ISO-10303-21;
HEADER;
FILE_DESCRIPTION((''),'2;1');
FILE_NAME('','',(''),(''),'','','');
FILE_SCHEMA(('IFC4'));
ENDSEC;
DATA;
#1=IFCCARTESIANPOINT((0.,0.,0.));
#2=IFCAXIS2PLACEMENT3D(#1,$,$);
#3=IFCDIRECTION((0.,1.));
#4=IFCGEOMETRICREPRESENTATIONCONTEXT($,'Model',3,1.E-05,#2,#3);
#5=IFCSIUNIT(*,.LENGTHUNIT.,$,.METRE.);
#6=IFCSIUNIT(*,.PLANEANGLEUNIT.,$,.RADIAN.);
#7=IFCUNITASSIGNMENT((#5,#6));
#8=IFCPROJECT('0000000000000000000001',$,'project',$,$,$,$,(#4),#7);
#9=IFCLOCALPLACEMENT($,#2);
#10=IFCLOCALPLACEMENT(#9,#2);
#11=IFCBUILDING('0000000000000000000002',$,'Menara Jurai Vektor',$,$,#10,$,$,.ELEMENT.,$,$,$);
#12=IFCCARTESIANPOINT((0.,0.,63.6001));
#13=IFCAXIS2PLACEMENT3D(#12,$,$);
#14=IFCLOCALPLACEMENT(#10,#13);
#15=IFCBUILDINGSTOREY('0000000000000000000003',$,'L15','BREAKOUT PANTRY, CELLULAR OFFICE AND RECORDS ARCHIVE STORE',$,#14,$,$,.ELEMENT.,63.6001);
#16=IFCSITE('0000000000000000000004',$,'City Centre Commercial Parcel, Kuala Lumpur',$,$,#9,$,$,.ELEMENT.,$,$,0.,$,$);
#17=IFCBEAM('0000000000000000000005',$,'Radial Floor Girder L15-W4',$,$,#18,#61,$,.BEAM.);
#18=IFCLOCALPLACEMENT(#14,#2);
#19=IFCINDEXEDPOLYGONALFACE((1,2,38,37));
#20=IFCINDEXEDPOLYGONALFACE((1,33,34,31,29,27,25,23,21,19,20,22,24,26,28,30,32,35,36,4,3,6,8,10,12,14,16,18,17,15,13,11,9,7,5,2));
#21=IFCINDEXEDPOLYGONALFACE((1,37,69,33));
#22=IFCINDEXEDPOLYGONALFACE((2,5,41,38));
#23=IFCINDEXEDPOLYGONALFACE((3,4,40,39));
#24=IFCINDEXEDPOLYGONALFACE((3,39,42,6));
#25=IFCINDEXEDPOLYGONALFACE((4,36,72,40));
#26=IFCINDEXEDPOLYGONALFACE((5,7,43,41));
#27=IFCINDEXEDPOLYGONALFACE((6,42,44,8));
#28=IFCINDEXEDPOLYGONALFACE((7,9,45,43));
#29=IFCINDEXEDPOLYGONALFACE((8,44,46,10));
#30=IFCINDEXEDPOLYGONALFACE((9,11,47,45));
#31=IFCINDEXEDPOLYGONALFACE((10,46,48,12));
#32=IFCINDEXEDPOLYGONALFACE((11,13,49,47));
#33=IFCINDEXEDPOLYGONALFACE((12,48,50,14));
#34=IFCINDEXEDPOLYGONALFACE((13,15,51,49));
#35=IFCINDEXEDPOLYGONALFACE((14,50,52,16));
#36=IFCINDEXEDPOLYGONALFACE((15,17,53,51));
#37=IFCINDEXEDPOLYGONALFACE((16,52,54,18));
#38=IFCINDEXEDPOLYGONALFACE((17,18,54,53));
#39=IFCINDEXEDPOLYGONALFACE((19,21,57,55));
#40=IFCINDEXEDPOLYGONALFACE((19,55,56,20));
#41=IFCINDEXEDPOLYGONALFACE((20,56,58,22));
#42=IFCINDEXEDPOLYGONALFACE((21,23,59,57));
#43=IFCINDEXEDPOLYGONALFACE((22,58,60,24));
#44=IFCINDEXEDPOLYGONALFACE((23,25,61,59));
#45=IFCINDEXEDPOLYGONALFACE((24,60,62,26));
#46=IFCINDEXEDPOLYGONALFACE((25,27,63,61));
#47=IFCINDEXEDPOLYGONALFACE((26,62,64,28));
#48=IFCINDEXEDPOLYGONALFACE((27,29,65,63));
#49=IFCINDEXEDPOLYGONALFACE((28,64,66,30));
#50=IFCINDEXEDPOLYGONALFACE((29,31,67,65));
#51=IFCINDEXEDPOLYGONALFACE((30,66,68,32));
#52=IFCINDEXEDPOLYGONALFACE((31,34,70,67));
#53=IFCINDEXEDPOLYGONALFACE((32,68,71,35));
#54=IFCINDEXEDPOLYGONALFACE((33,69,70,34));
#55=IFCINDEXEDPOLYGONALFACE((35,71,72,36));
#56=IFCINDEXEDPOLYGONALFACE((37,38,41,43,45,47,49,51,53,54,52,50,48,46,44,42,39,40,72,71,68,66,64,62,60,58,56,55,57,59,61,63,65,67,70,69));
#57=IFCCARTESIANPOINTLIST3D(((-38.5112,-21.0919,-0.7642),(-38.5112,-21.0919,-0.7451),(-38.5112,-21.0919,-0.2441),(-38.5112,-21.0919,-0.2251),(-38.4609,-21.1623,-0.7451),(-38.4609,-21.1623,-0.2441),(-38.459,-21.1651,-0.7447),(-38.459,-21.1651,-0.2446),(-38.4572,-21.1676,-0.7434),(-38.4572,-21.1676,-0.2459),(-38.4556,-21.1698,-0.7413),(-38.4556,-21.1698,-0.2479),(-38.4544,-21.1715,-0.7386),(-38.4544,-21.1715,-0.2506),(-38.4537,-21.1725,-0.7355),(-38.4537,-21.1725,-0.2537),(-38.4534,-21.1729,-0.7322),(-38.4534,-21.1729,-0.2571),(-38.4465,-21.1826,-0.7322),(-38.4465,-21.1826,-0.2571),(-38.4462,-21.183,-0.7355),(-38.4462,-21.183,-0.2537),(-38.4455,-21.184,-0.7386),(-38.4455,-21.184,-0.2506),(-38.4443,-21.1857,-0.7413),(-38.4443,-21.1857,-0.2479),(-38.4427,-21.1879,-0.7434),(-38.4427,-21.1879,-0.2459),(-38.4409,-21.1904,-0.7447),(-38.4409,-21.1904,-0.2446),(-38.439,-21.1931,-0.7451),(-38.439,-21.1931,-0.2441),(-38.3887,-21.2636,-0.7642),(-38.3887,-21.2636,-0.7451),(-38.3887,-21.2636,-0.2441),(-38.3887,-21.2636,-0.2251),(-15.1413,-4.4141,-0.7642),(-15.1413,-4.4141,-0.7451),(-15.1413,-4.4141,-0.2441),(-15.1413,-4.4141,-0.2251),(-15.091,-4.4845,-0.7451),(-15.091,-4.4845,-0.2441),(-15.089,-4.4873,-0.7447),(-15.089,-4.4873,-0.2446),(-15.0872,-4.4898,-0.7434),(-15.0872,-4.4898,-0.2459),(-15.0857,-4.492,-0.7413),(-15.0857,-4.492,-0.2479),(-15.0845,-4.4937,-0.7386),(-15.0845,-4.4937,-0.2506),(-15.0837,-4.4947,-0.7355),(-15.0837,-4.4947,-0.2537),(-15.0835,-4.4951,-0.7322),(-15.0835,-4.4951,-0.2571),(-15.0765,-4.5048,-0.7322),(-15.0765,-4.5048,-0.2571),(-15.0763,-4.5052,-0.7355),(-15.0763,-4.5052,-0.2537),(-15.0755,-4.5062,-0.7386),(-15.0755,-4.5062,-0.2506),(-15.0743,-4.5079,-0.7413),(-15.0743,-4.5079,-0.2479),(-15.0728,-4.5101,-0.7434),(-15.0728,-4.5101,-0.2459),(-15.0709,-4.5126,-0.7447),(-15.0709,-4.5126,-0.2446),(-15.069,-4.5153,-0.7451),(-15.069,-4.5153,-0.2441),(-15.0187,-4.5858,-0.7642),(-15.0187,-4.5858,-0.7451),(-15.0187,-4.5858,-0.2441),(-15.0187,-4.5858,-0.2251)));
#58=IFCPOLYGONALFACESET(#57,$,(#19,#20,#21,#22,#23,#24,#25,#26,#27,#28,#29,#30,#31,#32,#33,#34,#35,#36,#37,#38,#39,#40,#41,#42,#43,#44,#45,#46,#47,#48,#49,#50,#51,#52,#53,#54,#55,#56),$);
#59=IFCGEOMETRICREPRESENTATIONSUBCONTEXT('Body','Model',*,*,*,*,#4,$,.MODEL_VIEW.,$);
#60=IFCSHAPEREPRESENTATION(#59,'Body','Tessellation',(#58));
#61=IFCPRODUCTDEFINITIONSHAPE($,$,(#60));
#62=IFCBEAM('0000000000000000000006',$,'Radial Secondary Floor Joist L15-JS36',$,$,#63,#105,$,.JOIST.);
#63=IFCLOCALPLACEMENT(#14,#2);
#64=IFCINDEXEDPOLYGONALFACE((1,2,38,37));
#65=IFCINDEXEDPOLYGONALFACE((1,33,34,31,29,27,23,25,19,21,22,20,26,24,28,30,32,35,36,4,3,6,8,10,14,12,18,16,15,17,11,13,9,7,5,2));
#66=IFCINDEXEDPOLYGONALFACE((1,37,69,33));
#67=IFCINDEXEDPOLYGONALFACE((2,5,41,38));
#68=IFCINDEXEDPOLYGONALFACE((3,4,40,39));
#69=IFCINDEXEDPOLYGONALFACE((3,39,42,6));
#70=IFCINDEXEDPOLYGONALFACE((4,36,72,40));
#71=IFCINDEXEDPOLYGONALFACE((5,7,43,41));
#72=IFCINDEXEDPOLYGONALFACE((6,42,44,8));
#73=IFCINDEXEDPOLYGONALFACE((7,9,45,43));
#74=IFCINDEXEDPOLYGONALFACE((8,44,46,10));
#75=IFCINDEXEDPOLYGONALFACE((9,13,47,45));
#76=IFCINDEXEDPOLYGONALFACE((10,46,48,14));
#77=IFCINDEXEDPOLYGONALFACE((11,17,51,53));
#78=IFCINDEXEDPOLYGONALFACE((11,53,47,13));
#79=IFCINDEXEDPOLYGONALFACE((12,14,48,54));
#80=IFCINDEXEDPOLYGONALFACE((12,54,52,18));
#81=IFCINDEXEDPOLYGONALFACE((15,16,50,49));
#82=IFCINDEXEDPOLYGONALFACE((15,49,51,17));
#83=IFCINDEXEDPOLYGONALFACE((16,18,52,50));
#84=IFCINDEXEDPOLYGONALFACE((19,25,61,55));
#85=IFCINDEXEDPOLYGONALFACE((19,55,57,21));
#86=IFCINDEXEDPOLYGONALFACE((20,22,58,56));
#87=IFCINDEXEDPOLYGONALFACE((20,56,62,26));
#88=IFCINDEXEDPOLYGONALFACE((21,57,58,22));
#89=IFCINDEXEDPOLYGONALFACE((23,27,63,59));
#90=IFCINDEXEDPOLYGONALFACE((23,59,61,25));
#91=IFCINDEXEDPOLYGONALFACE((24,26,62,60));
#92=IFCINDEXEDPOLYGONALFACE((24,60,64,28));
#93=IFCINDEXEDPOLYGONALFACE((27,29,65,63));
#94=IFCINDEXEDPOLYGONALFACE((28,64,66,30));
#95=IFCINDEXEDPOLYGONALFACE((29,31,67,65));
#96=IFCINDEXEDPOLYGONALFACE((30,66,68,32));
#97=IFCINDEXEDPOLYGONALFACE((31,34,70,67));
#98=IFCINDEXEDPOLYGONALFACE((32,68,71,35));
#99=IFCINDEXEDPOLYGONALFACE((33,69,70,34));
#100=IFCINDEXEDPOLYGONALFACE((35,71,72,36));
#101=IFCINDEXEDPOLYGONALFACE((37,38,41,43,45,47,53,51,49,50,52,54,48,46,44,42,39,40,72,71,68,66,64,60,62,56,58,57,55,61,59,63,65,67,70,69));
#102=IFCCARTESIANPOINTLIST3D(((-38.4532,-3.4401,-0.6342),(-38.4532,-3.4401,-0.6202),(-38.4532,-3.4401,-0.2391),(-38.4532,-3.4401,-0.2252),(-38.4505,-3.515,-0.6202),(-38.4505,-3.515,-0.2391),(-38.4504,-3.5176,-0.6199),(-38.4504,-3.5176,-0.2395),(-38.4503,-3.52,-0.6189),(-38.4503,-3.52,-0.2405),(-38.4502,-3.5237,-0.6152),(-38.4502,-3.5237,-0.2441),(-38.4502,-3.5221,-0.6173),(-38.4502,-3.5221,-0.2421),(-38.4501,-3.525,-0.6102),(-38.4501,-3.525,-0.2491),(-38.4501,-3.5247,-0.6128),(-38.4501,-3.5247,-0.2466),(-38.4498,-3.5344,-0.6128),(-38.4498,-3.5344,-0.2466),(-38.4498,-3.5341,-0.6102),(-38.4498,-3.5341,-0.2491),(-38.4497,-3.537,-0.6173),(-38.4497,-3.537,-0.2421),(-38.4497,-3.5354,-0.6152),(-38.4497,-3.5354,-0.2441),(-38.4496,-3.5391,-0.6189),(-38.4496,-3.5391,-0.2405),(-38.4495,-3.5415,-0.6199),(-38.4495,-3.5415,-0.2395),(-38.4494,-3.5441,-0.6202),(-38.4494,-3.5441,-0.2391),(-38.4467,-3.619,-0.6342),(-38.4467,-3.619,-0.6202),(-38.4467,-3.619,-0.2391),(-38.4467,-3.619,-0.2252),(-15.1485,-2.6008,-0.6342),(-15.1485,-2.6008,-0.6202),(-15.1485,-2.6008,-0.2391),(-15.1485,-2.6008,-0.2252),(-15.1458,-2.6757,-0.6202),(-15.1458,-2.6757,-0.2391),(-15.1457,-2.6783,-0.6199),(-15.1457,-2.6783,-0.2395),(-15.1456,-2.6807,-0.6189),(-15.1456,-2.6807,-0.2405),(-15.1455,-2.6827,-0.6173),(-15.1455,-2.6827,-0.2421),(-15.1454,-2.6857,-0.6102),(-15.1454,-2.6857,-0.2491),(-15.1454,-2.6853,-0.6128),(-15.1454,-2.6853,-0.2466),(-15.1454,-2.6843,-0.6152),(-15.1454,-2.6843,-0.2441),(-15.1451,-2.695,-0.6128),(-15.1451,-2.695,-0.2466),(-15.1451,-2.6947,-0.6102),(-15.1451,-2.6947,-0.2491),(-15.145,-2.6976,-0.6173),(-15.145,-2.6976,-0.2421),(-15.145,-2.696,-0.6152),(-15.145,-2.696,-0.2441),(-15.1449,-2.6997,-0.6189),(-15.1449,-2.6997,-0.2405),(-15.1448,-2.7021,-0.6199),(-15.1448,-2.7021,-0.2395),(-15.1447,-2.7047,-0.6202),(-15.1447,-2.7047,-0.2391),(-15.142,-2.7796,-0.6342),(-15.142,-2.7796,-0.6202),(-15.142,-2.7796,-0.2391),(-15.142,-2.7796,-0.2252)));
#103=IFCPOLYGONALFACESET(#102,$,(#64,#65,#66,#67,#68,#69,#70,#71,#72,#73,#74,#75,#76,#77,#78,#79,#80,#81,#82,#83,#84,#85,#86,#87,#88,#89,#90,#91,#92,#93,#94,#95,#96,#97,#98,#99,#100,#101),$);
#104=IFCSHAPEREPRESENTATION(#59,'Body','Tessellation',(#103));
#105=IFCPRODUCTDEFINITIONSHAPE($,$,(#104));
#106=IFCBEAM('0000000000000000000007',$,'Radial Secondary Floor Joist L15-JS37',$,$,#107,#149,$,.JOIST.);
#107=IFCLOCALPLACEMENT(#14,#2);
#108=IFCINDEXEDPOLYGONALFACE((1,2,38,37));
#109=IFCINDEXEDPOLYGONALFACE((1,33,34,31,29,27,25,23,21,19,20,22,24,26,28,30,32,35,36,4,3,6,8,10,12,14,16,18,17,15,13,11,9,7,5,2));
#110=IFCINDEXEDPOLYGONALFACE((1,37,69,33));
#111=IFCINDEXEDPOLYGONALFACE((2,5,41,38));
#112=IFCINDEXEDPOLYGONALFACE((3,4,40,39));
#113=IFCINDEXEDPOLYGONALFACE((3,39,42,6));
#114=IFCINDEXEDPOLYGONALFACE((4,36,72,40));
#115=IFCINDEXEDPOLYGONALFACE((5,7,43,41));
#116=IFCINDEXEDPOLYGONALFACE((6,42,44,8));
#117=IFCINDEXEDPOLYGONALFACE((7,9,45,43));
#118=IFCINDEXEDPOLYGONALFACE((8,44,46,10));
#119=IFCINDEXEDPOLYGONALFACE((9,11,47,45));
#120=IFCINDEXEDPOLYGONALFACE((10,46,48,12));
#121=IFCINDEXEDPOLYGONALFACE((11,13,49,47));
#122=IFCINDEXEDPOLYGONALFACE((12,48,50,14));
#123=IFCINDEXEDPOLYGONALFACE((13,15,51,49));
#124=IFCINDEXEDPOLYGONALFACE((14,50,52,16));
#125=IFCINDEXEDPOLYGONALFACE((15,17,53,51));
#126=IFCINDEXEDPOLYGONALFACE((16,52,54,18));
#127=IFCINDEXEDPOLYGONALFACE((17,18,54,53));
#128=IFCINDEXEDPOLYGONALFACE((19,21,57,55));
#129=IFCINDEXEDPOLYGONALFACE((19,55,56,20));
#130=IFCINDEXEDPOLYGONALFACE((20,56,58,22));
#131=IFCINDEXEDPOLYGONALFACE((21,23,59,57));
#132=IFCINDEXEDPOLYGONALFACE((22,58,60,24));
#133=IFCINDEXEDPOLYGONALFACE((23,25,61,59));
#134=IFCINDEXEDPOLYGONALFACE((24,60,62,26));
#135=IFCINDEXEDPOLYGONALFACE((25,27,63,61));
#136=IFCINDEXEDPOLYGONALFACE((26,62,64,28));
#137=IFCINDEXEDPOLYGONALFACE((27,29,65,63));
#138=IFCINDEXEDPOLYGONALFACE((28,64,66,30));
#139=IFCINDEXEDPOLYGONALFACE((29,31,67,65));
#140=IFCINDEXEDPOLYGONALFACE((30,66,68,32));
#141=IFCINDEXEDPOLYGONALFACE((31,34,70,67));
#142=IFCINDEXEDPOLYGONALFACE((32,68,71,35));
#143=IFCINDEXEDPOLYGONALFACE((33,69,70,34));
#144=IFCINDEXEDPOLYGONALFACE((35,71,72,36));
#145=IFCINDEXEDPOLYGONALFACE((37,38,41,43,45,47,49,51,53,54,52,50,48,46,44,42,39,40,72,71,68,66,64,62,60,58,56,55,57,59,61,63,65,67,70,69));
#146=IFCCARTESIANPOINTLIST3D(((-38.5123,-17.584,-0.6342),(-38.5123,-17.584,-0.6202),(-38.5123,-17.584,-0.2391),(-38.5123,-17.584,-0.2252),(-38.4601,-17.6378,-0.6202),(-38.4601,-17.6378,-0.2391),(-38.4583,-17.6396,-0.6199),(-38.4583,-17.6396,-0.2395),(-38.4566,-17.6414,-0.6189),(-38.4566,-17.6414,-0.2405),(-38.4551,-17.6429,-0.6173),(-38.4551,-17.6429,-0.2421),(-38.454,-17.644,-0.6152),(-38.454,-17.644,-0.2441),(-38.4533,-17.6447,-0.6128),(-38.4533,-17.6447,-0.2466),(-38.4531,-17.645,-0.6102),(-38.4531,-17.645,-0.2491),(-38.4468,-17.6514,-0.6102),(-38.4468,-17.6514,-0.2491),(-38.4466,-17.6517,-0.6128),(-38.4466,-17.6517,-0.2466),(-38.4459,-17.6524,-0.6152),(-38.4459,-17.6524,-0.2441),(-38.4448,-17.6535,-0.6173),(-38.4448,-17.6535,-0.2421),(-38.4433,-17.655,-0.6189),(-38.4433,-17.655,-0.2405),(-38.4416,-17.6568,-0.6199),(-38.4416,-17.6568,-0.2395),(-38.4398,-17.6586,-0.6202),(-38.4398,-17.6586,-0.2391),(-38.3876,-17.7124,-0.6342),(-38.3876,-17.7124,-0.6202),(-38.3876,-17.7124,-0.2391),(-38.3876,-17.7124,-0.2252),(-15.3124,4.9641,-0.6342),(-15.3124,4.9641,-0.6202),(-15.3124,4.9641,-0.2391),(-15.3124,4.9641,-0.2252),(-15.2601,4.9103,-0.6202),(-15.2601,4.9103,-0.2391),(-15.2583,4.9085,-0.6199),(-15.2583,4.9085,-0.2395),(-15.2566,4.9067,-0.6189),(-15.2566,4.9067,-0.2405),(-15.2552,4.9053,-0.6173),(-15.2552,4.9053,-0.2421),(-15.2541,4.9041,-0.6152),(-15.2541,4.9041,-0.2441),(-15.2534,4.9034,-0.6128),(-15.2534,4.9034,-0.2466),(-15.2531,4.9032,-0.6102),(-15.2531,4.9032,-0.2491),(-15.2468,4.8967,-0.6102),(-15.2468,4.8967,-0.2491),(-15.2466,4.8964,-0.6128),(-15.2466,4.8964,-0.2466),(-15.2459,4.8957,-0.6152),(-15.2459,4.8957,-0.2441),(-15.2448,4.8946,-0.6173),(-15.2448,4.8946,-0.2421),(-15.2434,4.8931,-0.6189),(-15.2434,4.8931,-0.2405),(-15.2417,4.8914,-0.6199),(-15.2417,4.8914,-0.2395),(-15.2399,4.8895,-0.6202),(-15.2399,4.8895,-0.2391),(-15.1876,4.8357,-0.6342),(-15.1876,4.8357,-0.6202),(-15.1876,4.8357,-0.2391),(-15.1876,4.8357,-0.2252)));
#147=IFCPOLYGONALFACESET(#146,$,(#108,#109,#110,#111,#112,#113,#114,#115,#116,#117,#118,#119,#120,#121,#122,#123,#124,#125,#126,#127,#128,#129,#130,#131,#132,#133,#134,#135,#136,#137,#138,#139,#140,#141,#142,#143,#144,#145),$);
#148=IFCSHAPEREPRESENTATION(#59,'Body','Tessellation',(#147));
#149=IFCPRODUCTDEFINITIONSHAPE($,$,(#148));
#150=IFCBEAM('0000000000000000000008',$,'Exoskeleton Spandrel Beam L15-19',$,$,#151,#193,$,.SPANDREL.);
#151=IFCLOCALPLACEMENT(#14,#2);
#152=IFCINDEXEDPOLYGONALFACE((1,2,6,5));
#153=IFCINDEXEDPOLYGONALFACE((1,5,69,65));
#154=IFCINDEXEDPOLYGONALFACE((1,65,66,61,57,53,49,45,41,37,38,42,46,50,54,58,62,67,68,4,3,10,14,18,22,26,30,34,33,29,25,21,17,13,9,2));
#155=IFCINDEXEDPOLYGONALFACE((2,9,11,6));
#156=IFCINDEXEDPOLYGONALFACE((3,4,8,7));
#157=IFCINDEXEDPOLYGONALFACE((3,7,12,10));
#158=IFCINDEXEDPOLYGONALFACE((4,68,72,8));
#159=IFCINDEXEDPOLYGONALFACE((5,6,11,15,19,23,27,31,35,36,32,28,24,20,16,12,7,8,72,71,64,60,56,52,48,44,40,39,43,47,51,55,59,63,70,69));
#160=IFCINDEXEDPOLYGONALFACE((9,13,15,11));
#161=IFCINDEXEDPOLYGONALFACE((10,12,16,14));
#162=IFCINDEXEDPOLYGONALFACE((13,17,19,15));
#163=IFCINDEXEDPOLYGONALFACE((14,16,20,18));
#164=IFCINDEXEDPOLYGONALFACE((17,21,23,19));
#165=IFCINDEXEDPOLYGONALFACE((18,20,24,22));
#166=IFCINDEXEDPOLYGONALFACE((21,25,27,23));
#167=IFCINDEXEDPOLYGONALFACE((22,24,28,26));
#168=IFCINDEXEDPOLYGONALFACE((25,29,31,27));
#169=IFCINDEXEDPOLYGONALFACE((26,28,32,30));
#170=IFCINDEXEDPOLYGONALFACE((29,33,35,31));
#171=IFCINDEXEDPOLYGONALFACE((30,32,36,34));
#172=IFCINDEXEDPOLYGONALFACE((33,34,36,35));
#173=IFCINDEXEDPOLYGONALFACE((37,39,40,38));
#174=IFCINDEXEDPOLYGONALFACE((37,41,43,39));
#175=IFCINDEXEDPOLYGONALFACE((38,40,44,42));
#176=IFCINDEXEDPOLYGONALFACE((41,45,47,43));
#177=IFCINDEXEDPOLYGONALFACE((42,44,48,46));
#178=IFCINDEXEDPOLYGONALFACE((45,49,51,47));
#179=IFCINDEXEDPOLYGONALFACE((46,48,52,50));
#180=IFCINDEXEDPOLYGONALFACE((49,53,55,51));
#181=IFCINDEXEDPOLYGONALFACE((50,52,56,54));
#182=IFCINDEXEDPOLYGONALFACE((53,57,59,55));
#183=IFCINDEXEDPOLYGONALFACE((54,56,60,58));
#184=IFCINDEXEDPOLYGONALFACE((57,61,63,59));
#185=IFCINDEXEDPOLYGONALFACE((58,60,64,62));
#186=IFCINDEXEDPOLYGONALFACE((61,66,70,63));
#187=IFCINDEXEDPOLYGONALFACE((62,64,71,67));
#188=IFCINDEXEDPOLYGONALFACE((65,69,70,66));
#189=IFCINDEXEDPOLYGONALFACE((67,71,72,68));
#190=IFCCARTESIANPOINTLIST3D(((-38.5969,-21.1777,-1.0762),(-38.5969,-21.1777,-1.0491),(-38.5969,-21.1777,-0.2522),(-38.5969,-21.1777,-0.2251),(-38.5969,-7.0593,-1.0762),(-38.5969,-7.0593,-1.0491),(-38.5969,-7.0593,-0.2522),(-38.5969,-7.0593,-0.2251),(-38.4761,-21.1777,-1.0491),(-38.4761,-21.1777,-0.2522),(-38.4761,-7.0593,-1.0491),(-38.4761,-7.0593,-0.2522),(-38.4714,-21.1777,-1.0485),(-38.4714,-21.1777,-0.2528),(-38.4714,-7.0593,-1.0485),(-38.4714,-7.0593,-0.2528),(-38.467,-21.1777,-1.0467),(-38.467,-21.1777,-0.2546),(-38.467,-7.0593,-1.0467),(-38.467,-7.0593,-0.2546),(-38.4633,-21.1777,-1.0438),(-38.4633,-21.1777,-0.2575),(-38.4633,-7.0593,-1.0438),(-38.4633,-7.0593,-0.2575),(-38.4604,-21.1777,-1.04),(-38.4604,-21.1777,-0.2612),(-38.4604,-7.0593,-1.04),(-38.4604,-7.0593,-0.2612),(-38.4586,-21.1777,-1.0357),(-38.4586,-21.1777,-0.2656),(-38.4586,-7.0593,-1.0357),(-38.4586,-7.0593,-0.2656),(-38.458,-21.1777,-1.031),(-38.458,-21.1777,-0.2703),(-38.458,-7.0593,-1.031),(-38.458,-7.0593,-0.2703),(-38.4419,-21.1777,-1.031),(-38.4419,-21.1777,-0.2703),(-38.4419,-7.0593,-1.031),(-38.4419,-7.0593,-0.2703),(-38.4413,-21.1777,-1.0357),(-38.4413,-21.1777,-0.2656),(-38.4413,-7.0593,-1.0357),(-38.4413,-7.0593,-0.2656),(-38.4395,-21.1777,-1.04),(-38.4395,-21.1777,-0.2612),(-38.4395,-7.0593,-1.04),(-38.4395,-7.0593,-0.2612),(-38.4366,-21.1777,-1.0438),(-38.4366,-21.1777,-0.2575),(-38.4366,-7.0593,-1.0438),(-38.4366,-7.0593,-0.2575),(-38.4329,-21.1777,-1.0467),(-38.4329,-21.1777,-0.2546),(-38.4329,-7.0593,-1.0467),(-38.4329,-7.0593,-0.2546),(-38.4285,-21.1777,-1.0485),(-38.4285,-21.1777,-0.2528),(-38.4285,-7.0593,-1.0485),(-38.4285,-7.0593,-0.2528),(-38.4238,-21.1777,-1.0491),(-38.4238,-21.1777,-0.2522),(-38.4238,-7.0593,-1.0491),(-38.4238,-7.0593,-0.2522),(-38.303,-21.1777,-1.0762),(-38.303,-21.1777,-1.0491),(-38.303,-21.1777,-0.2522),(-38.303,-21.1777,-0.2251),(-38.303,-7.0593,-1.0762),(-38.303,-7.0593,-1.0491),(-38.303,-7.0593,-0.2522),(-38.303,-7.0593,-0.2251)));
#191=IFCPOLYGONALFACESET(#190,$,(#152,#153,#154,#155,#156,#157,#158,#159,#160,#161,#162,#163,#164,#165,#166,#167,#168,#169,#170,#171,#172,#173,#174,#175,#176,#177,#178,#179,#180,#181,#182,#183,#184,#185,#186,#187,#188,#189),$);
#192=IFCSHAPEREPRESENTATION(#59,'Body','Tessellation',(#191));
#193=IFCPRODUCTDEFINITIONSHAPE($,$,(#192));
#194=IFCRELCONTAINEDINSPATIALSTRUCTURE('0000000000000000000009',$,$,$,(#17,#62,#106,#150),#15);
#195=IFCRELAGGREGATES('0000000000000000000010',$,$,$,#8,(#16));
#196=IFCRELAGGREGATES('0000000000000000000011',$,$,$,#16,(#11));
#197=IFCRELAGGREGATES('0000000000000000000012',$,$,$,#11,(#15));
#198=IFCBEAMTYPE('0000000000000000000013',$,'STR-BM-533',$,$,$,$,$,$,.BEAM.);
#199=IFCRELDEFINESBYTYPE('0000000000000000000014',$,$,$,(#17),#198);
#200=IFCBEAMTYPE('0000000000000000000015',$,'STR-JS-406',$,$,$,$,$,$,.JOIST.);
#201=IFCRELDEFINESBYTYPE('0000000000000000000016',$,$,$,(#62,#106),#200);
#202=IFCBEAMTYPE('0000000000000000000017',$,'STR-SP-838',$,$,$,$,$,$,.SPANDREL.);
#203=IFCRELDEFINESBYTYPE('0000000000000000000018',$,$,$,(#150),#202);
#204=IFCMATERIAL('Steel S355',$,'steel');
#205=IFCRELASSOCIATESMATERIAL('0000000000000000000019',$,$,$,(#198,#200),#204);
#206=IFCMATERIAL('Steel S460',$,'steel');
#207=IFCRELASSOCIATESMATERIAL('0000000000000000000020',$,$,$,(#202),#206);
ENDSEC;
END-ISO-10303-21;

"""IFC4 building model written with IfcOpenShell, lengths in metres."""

from ifc_helpers import new_model, si_unit, direction, frame, origin, origin_2d, place, context, subcontext, project, spatial, i_section, extrude, material, material_profile, profile_set, type_object, element, save


model = new_model("IFC4")

# Units and contexts
model_context = context("Model", 3, precision=1e-05, world=origin(), true_north=direction((0.0, 1.0)))
body_context = subcontext(model_context, "Body", "Model", "MODEL_VIEW")
ifc_project = project(units=[si_unit("LENGTHUNIT", "METRE"), si_unit("PLANEANGLEUNIT", "RADIAN")], contexts=[model_context])

# Site, building, storey
site_placement = place(None, origin())
site = spatial("IfcSite", under=ifc_project, at=site_placement, Name="City Centre Commercial Parcel, Kuala Lumpur", CompositionType="ELEMENT", RefElevation=0.0)
building_placement = place(site_placement, origin())
building = spatial("IfcBuilding", under=site, at=building_placement, Name="Menara Jurai Vektor", CompositionType="ELEMENT")
storey_placement = place(building_placement, frame((0.0, 0.0, 63.6001)))
storey = spatial("IfcBuildingStorey", under=building, at=storey_placement, Name="L15", Description="BREAKOUT PANTRY, CELLULAR OFFICE AND RECORDS ARCHIVE STORE", CompositionType="ELEMENT", Elevation=63.6001)

# Shared definitions
ifc_material_1 = material(Name="Steel S460", Category="steel")

# Beams
ifc_material_2 = material(Name="Steel S355", Category="steel")
ifc_material_profile_1 = material_profile(ifc_material_2, i_section(OverallWidth=0.2109, OverallDepth=0.5391, WebThickness=0.012, FlangeThickness=0.019, FilletRadius=0.0129, at=origin_2d()), Name="UKB 533x210x109")
ifc_profile_set_1 = profile_set([ifc_material_profile_1], Name="Steel S355")
beam_type_1 = type_object("IfcBeamType", Name="STR-BM-533", PredefinedType="BEAM", material=ifc_profile_set_1)
beam_1_placement = place(storey_placement, frame((-38.45, -21.1777, -0.4946), z_axis=(0.813981, 0.580891, 0.0), x_axis=(-0.580891, 0.813981, 0.0)))
element("IfcBeam", 1, at=beam_1_placement, inside=storey, type_object=beam_type_1, Name="Radial Floor Girder L15-W4", PredefinedType="BEAM", context=body_context, shape_type="SweptSolid", body=[
    extrude(i_section(OverallWidth=0.2109, OverallDepth=0.5391, WebThickness=0.012, FlangeThickness=0.019, FilletRadius=0.0129, at=origin_2d()), origin(), (0.0, 0.0, 1.0), 28.7107),
])
ifc_material_profile_2 = material_profile(ifc_material_2, i_section(OverallWidth=0.179, OverallDepth=0.4089, WebThickness=0.009, FlangeThickness=0.0139, FilletRadius=0.01, at=origin_2d()), Name="UKB 406x178x67")
ifc_profile_set_2 = profile_set([ifc_material_profile_2], Name="Steel S355")
beam_type_2 = type_object("IfcBeamType", Name="STR-JS-406", PredefinedType="JOIST", material=ifc_profile_set_2)
beam_2_placement = place(storey_placement, frame((-38.45, -3.5295, -0.4297), z_axis=(0.999352, 0.035993, 0.0), x_axis=(-0.035993, 0.999352, 0.0)))
element("IfcBeam", 2, at=beam_2_placement, inside=storey, type_object=beam_type_2, Name="Radial Secondary Floor Joist L15-JS36", PredefinedType="JOIST", context=body_context, shape_type="SweptSolid", body=[
    extrude(i_section(OverallWidth=0.179, OverallDepth=0.4089, WebThickness=0.009, FlangeThickness=0.0139, FilletRadius=0.01, at=origin_2d()), origin(), (0.0, 0.0, 1.0), 23.3198),
])
beam_3_placement = place(storey_placement, frame((-38.45, -17.6482, -0.4297), z_axis=(0.717109, 0.696961, 0.0), x_axis=(-0.696961, 0.717109, 0.0)))
element("IfcBeam", 3, at=beam_3_placement, inside=storey, type_object=beam_type_2, Name="Radial Secondary Floor Joist L15-JS37", PredefinedType="JOIST", context=body_context, shape_type="SweptSolid", body=[
    extrude(i_section(OverallWidth=0.179, OverallDepth=0.4089, WebThickness=0.009, FlangeThickness=0.0139, FilletRadius=0.01, at=origin_2d()), origin(), (0.0, 0.0, 1.0), 32.3521),
])
ifc_material_profile_3 = material_profile(ifc_material_1, i_section(OverallWidth=0.2939, OverallDepth=0.8511, WebThickness=0.0161, FlangeThickness=0.0271, FilletRadius=0.0181, at=origin_2d()), Name="UKB 838x292x226")
ifc_profile_set_3 = profile_set([ifc_material_profile_3], Name="Steel S460")
beam_type_3 = type_object("IfcBeamType", Name="STR-SP-838", PredefinedType="SPANDREL", material=ifc_profile_set_3)
beam_4_placement = place(storey_placement, frame((-38.45, -7.0593, -0.6506), z_axis=(0.0, -1.0, 0.0), x_axis=(1.0, 0.0, 0.0)))
element("IfcBeam", 4, at=beam_4_placement, inside=storey, type_object=beam_type_3, Name="Exoskeleton Spandrel Beam L15-19", PredefinedType="SPANDREL", context=body_context, shape_type="SweptSolid", body=[
    extrude(i_section(OverallWidth=0.2939, OverallDepth=0.8511, WebThickness=0.0161, FlangeThickness=0.0271, FilletRadius=0.0181, at=origin_2d()), origin(), (0.0, 0.0, 1.0), 14.1184),
])

save(model, "model.ifc")
